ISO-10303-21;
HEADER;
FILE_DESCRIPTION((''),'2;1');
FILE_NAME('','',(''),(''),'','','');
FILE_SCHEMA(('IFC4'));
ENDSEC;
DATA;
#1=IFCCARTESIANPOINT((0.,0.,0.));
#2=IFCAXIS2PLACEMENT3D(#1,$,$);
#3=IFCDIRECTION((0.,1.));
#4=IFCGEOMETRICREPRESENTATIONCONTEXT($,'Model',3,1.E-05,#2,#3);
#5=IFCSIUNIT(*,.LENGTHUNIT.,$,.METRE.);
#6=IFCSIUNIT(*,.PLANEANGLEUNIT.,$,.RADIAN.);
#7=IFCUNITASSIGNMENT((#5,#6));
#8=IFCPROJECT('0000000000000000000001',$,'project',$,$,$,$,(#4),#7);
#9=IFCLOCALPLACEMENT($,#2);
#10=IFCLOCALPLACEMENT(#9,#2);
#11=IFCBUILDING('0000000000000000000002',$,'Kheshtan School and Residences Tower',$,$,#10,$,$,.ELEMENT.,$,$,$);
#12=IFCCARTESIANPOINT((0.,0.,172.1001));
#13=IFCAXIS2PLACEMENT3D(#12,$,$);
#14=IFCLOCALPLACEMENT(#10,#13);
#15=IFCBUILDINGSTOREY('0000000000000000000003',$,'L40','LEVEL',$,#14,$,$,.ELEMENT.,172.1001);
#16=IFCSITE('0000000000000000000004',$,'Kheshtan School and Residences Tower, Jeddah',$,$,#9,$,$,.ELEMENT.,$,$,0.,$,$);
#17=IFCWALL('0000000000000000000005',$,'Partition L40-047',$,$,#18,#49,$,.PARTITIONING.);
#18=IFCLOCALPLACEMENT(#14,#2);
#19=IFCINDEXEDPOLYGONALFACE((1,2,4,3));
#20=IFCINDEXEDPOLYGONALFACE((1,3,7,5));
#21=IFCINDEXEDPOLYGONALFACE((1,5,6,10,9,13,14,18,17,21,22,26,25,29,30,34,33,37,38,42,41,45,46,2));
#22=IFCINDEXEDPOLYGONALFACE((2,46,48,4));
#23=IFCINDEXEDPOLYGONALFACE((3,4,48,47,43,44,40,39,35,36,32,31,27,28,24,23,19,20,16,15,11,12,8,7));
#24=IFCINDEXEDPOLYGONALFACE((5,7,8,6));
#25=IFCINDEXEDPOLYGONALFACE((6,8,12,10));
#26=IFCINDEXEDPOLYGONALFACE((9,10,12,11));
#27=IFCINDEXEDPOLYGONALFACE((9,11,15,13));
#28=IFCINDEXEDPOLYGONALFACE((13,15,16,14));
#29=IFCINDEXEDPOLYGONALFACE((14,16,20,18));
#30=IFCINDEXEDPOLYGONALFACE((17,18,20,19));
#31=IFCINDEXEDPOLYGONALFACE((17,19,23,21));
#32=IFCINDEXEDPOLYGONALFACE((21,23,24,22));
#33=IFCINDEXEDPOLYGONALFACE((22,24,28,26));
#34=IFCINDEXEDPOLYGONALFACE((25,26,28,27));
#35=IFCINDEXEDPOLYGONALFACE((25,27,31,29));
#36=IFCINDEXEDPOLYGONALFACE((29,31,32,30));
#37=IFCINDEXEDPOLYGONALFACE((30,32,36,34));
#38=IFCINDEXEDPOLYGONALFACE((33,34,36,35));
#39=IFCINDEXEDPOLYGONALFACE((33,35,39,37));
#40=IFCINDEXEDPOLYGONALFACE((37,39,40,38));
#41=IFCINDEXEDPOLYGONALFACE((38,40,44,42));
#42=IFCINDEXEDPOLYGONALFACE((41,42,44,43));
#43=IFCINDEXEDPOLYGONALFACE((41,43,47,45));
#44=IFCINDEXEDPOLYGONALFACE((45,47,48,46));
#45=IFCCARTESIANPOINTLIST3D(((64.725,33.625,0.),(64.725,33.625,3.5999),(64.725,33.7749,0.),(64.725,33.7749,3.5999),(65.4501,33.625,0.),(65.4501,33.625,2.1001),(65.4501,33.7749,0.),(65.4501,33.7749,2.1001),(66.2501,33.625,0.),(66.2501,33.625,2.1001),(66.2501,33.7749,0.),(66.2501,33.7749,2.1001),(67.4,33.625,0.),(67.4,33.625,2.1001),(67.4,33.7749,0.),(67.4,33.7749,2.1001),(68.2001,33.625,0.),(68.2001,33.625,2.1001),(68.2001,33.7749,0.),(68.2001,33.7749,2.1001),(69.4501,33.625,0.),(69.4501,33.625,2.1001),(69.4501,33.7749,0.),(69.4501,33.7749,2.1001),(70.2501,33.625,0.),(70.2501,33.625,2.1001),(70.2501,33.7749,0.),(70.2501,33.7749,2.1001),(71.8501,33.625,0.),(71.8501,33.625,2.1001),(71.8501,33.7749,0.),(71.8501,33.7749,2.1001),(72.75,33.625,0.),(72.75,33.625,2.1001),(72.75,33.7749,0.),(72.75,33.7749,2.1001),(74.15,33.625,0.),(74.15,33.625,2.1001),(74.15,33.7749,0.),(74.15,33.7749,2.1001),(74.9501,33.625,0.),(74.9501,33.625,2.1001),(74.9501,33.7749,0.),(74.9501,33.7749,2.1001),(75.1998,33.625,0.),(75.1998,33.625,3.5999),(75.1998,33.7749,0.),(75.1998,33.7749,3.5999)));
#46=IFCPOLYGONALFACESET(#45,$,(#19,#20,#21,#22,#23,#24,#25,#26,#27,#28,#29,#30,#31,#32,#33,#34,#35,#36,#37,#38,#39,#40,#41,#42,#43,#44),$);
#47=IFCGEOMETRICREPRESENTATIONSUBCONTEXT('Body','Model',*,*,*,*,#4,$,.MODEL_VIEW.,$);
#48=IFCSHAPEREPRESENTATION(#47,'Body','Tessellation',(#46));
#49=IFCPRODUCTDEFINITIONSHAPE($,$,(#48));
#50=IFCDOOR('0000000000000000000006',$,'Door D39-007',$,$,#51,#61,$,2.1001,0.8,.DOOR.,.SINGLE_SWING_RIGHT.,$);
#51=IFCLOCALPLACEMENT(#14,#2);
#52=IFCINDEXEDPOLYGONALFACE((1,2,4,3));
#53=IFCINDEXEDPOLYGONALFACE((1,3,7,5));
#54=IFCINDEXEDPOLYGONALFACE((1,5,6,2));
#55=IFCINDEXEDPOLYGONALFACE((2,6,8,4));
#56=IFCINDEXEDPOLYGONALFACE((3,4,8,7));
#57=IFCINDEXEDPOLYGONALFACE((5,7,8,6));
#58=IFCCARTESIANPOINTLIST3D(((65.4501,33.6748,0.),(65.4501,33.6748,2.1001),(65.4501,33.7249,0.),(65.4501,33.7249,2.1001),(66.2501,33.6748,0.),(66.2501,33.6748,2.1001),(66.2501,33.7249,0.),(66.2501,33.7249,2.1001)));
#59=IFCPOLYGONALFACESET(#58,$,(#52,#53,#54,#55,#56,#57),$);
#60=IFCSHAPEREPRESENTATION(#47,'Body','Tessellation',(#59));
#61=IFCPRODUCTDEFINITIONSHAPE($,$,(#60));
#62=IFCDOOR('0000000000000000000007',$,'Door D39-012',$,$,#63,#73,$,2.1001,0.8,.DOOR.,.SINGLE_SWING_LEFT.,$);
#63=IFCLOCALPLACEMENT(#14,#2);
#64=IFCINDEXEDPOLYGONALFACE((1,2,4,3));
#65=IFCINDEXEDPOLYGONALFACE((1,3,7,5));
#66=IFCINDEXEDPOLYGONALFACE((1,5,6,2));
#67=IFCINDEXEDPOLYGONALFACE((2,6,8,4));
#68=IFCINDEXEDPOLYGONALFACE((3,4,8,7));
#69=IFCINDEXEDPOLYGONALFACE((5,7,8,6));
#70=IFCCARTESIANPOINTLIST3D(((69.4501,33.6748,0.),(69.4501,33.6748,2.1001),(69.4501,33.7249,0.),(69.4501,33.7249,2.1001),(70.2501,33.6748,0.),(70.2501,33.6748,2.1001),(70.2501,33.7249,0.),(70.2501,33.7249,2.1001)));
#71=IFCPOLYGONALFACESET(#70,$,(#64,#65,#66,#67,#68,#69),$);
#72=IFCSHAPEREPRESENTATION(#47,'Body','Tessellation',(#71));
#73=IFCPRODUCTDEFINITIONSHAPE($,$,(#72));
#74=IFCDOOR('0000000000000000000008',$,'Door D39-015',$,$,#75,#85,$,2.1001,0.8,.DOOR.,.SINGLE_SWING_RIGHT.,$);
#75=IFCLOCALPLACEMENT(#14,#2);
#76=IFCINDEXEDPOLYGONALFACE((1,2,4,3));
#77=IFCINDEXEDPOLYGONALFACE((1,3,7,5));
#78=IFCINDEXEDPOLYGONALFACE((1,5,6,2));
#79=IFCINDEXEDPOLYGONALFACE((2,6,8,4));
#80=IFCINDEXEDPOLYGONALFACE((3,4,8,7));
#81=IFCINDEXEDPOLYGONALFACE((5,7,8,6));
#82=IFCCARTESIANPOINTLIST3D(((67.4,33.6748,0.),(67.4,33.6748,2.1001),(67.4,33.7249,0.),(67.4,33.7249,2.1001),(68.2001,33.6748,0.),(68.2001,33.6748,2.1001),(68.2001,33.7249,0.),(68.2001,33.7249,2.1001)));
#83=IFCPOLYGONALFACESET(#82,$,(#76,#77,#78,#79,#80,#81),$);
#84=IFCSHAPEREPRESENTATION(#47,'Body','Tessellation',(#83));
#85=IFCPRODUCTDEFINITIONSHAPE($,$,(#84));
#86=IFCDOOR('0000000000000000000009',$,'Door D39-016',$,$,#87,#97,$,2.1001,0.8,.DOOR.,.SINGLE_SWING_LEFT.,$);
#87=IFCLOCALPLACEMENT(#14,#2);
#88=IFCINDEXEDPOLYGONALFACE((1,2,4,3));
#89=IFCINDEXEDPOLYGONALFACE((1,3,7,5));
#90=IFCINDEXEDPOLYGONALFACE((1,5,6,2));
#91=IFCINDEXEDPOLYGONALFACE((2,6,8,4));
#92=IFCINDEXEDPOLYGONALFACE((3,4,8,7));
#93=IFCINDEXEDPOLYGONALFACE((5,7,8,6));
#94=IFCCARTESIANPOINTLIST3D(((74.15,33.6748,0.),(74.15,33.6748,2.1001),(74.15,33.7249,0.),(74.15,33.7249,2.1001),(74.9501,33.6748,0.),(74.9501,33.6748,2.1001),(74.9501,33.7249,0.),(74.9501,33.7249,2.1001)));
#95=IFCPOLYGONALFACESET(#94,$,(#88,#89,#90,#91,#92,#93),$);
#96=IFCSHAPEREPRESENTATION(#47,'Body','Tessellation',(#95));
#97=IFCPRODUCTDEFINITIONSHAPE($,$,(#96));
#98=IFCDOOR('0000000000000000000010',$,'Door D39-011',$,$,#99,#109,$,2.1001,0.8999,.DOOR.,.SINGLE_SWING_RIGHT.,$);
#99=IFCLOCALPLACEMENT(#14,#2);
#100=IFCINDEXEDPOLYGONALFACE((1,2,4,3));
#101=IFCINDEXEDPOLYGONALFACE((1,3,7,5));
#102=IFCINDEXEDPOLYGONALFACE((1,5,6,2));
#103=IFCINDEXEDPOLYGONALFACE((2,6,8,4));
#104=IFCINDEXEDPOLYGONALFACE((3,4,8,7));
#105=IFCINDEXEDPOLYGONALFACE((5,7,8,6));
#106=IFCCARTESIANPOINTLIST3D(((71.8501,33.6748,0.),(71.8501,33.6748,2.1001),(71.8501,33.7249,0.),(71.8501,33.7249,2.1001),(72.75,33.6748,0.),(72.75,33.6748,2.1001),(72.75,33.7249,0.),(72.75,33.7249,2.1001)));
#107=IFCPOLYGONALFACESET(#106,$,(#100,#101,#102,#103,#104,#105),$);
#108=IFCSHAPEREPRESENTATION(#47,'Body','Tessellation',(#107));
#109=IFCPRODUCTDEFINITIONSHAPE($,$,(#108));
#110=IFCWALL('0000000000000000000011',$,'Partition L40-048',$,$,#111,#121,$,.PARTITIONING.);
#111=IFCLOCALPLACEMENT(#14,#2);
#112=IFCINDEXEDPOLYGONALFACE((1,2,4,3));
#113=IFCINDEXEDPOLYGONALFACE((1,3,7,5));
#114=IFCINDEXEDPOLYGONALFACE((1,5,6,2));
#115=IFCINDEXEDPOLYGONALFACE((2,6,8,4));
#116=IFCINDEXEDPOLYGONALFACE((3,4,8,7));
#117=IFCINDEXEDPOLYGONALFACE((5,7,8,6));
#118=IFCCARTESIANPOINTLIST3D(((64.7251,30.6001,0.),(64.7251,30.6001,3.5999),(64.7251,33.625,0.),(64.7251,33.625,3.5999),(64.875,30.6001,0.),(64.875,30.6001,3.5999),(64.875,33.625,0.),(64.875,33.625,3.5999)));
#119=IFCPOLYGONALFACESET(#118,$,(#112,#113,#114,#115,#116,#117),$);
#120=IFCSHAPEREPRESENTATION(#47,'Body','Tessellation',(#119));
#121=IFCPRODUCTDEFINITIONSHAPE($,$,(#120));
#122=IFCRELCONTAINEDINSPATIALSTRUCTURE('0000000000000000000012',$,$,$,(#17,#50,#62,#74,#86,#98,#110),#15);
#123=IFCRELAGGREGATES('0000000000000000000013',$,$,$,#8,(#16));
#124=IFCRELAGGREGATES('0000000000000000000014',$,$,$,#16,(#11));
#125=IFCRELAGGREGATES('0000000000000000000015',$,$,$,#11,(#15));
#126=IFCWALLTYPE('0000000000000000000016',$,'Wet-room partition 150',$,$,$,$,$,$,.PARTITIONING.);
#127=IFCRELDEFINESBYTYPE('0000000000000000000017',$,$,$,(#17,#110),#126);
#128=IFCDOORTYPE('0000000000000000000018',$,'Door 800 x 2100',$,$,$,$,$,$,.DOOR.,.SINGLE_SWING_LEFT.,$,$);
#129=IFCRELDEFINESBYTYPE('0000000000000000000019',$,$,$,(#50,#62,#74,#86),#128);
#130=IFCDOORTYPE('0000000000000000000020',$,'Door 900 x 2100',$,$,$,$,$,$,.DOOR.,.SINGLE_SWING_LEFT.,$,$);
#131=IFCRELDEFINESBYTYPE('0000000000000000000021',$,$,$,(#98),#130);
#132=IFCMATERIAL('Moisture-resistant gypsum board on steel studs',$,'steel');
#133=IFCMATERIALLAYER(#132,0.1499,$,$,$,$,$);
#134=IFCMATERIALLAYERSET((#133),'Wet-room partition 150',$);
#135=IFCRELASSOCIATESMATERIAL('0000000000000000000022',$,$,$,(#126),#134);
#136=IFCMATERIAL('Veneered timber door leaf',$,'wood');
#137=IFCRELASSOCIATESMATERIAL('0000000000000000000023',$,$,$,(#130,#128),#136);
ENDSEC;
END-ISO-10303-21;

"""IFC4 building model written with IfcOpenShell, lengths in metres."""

from ifc_helpers import new_model, si_unit, direction, frame, frame_2d, origin, place, context, subcontext, project, spatial, rectangle, extrude, source, transform, mapped, material, layer, layer_set, type_object, element, fill, save


model = new_model("IFC4")

# Units and contexts
model_context = context("Model", 3, precision=1e-05, world=origin(), true_north=direction((0.0, 1.0)))
body_context = subcontext(model_context, "Body", "Model", "MODEL_VIEW")
ifc_project = project(units=[si_unit("LENGTHUNIT", "METRE"), si_unit("PLANEANGLEUNIT", "RADIAN")], contexts=[model_context])

# Site, building, storey
site_placement = place(None, origin())
site = spatial("IfcSite", under=ifc_project, at=site_placement, Name="Kheshtan School and Residences Tower, Jeddah", CompositionType="ELEMENT", RefElevation=0.0)
building_placement = place(site_placement, origin())
building = spatial("IfcBuilding", under=site, at=building_placement, Name="Kheshtan School and Residences Tower", CompositionType="ELEMENT")
storey_placement = place(building_placement, frame((0.0, 0.0, 172.1001)))
storey = spatial("IfcBuildingStorey", under=building, at=storey_placement, Name="L40", Description="LEVEL", CompositionType="ELEMENT", Elevation=172.1001)

# Wall, openings, doors
ifc_material_1 = material(Name="Moisture-resistant gypsum board on steel studs", Category="steel")
ifc_layer_1 = layer(ifc_material_1, 0.1499)
ifc_layer_set_1 = layer_set([ifc_layer_1], Name="Wet-room partition 150")
wall_type_1 = type_object("IfcWallType", Name="Wet-room partition 150", PredefinedType="PARTITIONING", material=ifc_layer_set_1)
ifc_material_2 = material(Name="Veneered timber door leaf", Category="wood")
door_type_1 = type_object("IfcDoorType", Name="Door 900 x 2100", OperationType="SINGLE_SWING_LEFT", PredefinedType="DOOR", material=ifc_material_2)
shared_shape_1 = source(origin(), body_context, "Body", "SweptSolid", [
    extrude(rectangle(XDim=0.8999, YDim=2.1001, at=frame_2d((0.45, 1.05))), frame((0.0, 0.0249, 0.0), z_axis=(0.0, -1.0, 0.0), x_axis=(1.0, 0.0, 0.0)), (0.0, 0.0, 1.0), 0.05),
])
door_type_2 = type_object("IfcDoorType", Name="Door 800 x 2100", OperationType="SINGLE_SWING_LEFT", PredefinedType="DOOR", material=ifc_material_2)
shared_shape_2 = source(origin(), body_context, "Body", "SweptSolid", [
    extrude(rectangle(XDim=0.8, YDim=2.1001, at=frame_2d((0.3999, 1.05))), frame((0.0, 0.0249, 0.0), z_axis=(0.0, -1.0, 0.0), x_axis=(1.0, 0.0, 0.0)), (0.0, 0.0, 1.0), 0.05),
])
wall_1_placement = place(storey_placement, frame((64.7251, 33.7, 0.0), z_axis=(0.0, 0.0, 1.0), x_axis=(1.0, 0.0, 0.0)))
wall_1 = element("IfcWall", 1, at=wall_1_placement, inside=storey, type_object=wall_type_1, Name="Partition L40-047", PredefinedType="PARTITIONING", context=body_context, shape_type="SweptSolid", body=[
    extrude(rectangle(XDim=10.4749, YDim=0.1499, at=frame_2d((5.2373, 0.0))), origin(), (0.0, 0.0, 1.0), 3.5999),
])
opening_1_placement = place(wall_1_placement, frame((0.7251, 0.0, 0.0)))
opening_1 = element("IfcOpeningElement", 2, at=opening_1_placement, cuts=wall_1, PredefinedType="OPENING", context=body_context, shape_type="SweptSolid", body=[
    extrude(rectangle(XDim=0.8, YDim=2.1001, at=frame_2d((0.3999, 1.05))), frame((0.0, 0.085, 0.0), z_axis=(0.0, -1.0, 0.0), x_axis=(1.0, 0.0, 0.0)), (0.0, 0.0, 1.0), 0.1699),
])
opening_2_placement = place(wall_1_placement, frame((7.125, 0.0, 0.0)))
opening_2 = element("IfcOpeningElement", 3, at=opening_2_placement, cuts=wall_1, PredefinedType="OPENING", context=body_context, shape_type="SweptSolid", body=[
    extrude(rectangle(XDim=0.8999, YDim=2.1001, at=frame_2d((0.45, 1.05))), frame((0.0, 0.085, 0.0), z_axis=(0.0, -1.0, 0.0), x_axis=(1.0, 0.0, 0.0)), (0.0, 0.0, 1.0), 0.1699),
])
opening_3_placement = place(wall_1_placement, frame((4.7251, 0.0, 0.0)))
opening_3 = element("IfcOpeningElement", 4, at=opening_3_placement, cuts=wall_1, PredefinedType="OPENING", context=body_context, shape_type="SweptSolid", body=[
    extrude(rectangle(XDim=0.8, YDim=2.1001, at=frame_2d((0.3999, 1.05))), frame((0.0, 0.085, 0.0), z_axis=(0.0, -1.0, 0.0), x_axis=(1.0, 0.0, 0.0)), (0.0, 0.0, 1.0), 0.1699),
])
opening_4_placement = place(wall_1_placement, frame((2.675, 0.0, 0.0)))
opening_4 = element("IfcOpeningElement", 5, at=opening_4_placement, cuts=wall_1, PredefinedType="OPENING", context=body_context, shape_type="SweptSolid", body=[
    extrude(rectangle(XDim=0.8, YDim=2.1001, at=frame_2d((0.3999, 1.05))), frame((0.0, 0.085, 0.0), z_axis=(0.0, -1.0, 0.0), x_axis=(1.0, 0.0, 0.0)), (0.0, 0.0, 1.0), 0.1699),
])
opening_5_placement = place(wall_1_placement, frame((9.425, 0.0, 0.0)))
opening_5 = element("IfcOpeningElement", 6, at=opening_5_placement, cuts=wall_1, PredefinedType="OPENING", context=body_context, shape_type="SweptSolid", body=[
    extrude(rectangle(XDim=0.8, YDim=2.1001, at=frame_2d((0.3999, 1.05))), frame((0.0, 0.085, 0.0), z_axis=(0.0, -1.0, 0.0), x_axis=(1.0, 0.0, 0.0)), (0.0, 0.0, 1.0), 0.1699),
])
door_1_placement = place(opening_1_placement, origin())
door_1 = element("IfcDoor", 7, at=door_1_placement, inside=storey, type_object=door_type_2, Name="Door D39-007", OperationType="SINGLE_SWING_RIGHT", OverallHeight=2.1001, OverallWidth=0.8, PredefinedType="DOOR", context=body_context, shape_type="MappedRepresentation", body=[
    mapped(shared_shape_2, transform((0.0, 0.0, 0.0), x_axis=(1.0, 0.0, 0.0), y_axis=(0.0, 1.0, 0.0), z_axis=(0.0, 0.0, 1.0), scale=1.0)),
])
fill(opening_1, door_1)
door_2_placement = place(opening_3_placement, origin())
door_2 = element("IfcDoor", 8, at=door_2_placement, inside=storey, type_object=door_type_2, Name="Door D39-012", OperationType="SINGLE_SWING_LEFT", OverallHeight=2.1001, OverallWidth=0.8, PredefinedType="DOOR", context=body_context, shape_type="MappedRepresentation", body=[
    mapped(shared_shape_2, transform((0.0, 0.0, 0.0), x_axis=(1.0, 0.0, 0.0), y_axis=(0.0, 1.0, 0.0), z_axis=(0.0, 0.0, 1.0), scale=1.0)),
])
fill(opening_3, door_2)
door_3_placement = place(opening_4_placement, origin())
door_3 = element("IfcDoor", 9, at=door_3_placement, inside=storey, type_object=door_type_2, Name="Door D39-015", OperationType="SINGLE_SWING_RIGHT", OverallHeight=2.1001, OverallWidth=0.8, PredefinedType="DOOR", context=body_context, shape_type="MappedRepresentation", body=[
    mapped(shared_shape_2, transform((0.0, 0.0, 0.0), x_axis=(1.0, 0.0, 0.0), y_axis=(0.0, 1.0, 0.0), z_axis=(0.0, 0.0, 1.0), scale=1.0)),
])
fill(opening_4, door_3)
door_4_placement = place(opening_5_placement, origin())
door_4 = element("IfcDoor", 10, at=door_4_placement, inside=storey, type_object=door_type_2, Name="Door D39-016", OperationType="SINGLE_SWING_LEFT", OverallHeight=2.1001, OverallWidth=0.8, PredefinedType="DOOR", context=body_context, shape_type="MappedRepresentation", body=[
    mapped(shared_shape_2, transform((0.0, 0.0, 0.0), x_axis=(1.0, 0.0, 0.0), y_axis=(0.0, 1.0, 0.0), z_axis=(0.0, 0.0, 1.0), scale=1.0)),
])
fill(opening_5, door_4)
door_5_placement = place(opening_2_placement, origin())
door_5 = element("IfcDoor", 11, at=door_5_placement, inside=storey, type_object=door_type_1, Name="Door D39-011", OperationType="SINGLE_SWING_RIGHT", OverallHeight=2.1001, OverallWidth=0.8999, PredefinedType="DOOR", context=body_context, shape_type="MappedRepresentation", body=[
    mapped(shared_shape_1, transform((0.0, 0.0, 0.0), x_axis=(1.0, 0.0, 0.0), y_axis=(0.0, 1.0, 0.0), z_axis=(0.0, 0.0, 1.0), scale=1.0)),
])
fill(opening_2, door_5)

# Wall
wall_2_placement = place(storey_placement, frame((64.8, 30.6001, 0.0), z_axis=(0.0, 0.0, 1.0), x_axis=(0.0, 1.0, 0.0)))
element("IfcWall", 12, at=wall_2_placement, inside=storey, type_object=wall_type_1, Name="Partition L40-048", PredefinedType="PARTITIONING", context=body_context, shape_type="SweptSolid", body=[
    extrude(rectangle(XDim=3.0249, YDim=0.1499, at=frame_2d((1.5125, 0.0))), origin(), (0.0, 0.0, 1.0), 3.5999),
])

save(model, "model.ifc")
